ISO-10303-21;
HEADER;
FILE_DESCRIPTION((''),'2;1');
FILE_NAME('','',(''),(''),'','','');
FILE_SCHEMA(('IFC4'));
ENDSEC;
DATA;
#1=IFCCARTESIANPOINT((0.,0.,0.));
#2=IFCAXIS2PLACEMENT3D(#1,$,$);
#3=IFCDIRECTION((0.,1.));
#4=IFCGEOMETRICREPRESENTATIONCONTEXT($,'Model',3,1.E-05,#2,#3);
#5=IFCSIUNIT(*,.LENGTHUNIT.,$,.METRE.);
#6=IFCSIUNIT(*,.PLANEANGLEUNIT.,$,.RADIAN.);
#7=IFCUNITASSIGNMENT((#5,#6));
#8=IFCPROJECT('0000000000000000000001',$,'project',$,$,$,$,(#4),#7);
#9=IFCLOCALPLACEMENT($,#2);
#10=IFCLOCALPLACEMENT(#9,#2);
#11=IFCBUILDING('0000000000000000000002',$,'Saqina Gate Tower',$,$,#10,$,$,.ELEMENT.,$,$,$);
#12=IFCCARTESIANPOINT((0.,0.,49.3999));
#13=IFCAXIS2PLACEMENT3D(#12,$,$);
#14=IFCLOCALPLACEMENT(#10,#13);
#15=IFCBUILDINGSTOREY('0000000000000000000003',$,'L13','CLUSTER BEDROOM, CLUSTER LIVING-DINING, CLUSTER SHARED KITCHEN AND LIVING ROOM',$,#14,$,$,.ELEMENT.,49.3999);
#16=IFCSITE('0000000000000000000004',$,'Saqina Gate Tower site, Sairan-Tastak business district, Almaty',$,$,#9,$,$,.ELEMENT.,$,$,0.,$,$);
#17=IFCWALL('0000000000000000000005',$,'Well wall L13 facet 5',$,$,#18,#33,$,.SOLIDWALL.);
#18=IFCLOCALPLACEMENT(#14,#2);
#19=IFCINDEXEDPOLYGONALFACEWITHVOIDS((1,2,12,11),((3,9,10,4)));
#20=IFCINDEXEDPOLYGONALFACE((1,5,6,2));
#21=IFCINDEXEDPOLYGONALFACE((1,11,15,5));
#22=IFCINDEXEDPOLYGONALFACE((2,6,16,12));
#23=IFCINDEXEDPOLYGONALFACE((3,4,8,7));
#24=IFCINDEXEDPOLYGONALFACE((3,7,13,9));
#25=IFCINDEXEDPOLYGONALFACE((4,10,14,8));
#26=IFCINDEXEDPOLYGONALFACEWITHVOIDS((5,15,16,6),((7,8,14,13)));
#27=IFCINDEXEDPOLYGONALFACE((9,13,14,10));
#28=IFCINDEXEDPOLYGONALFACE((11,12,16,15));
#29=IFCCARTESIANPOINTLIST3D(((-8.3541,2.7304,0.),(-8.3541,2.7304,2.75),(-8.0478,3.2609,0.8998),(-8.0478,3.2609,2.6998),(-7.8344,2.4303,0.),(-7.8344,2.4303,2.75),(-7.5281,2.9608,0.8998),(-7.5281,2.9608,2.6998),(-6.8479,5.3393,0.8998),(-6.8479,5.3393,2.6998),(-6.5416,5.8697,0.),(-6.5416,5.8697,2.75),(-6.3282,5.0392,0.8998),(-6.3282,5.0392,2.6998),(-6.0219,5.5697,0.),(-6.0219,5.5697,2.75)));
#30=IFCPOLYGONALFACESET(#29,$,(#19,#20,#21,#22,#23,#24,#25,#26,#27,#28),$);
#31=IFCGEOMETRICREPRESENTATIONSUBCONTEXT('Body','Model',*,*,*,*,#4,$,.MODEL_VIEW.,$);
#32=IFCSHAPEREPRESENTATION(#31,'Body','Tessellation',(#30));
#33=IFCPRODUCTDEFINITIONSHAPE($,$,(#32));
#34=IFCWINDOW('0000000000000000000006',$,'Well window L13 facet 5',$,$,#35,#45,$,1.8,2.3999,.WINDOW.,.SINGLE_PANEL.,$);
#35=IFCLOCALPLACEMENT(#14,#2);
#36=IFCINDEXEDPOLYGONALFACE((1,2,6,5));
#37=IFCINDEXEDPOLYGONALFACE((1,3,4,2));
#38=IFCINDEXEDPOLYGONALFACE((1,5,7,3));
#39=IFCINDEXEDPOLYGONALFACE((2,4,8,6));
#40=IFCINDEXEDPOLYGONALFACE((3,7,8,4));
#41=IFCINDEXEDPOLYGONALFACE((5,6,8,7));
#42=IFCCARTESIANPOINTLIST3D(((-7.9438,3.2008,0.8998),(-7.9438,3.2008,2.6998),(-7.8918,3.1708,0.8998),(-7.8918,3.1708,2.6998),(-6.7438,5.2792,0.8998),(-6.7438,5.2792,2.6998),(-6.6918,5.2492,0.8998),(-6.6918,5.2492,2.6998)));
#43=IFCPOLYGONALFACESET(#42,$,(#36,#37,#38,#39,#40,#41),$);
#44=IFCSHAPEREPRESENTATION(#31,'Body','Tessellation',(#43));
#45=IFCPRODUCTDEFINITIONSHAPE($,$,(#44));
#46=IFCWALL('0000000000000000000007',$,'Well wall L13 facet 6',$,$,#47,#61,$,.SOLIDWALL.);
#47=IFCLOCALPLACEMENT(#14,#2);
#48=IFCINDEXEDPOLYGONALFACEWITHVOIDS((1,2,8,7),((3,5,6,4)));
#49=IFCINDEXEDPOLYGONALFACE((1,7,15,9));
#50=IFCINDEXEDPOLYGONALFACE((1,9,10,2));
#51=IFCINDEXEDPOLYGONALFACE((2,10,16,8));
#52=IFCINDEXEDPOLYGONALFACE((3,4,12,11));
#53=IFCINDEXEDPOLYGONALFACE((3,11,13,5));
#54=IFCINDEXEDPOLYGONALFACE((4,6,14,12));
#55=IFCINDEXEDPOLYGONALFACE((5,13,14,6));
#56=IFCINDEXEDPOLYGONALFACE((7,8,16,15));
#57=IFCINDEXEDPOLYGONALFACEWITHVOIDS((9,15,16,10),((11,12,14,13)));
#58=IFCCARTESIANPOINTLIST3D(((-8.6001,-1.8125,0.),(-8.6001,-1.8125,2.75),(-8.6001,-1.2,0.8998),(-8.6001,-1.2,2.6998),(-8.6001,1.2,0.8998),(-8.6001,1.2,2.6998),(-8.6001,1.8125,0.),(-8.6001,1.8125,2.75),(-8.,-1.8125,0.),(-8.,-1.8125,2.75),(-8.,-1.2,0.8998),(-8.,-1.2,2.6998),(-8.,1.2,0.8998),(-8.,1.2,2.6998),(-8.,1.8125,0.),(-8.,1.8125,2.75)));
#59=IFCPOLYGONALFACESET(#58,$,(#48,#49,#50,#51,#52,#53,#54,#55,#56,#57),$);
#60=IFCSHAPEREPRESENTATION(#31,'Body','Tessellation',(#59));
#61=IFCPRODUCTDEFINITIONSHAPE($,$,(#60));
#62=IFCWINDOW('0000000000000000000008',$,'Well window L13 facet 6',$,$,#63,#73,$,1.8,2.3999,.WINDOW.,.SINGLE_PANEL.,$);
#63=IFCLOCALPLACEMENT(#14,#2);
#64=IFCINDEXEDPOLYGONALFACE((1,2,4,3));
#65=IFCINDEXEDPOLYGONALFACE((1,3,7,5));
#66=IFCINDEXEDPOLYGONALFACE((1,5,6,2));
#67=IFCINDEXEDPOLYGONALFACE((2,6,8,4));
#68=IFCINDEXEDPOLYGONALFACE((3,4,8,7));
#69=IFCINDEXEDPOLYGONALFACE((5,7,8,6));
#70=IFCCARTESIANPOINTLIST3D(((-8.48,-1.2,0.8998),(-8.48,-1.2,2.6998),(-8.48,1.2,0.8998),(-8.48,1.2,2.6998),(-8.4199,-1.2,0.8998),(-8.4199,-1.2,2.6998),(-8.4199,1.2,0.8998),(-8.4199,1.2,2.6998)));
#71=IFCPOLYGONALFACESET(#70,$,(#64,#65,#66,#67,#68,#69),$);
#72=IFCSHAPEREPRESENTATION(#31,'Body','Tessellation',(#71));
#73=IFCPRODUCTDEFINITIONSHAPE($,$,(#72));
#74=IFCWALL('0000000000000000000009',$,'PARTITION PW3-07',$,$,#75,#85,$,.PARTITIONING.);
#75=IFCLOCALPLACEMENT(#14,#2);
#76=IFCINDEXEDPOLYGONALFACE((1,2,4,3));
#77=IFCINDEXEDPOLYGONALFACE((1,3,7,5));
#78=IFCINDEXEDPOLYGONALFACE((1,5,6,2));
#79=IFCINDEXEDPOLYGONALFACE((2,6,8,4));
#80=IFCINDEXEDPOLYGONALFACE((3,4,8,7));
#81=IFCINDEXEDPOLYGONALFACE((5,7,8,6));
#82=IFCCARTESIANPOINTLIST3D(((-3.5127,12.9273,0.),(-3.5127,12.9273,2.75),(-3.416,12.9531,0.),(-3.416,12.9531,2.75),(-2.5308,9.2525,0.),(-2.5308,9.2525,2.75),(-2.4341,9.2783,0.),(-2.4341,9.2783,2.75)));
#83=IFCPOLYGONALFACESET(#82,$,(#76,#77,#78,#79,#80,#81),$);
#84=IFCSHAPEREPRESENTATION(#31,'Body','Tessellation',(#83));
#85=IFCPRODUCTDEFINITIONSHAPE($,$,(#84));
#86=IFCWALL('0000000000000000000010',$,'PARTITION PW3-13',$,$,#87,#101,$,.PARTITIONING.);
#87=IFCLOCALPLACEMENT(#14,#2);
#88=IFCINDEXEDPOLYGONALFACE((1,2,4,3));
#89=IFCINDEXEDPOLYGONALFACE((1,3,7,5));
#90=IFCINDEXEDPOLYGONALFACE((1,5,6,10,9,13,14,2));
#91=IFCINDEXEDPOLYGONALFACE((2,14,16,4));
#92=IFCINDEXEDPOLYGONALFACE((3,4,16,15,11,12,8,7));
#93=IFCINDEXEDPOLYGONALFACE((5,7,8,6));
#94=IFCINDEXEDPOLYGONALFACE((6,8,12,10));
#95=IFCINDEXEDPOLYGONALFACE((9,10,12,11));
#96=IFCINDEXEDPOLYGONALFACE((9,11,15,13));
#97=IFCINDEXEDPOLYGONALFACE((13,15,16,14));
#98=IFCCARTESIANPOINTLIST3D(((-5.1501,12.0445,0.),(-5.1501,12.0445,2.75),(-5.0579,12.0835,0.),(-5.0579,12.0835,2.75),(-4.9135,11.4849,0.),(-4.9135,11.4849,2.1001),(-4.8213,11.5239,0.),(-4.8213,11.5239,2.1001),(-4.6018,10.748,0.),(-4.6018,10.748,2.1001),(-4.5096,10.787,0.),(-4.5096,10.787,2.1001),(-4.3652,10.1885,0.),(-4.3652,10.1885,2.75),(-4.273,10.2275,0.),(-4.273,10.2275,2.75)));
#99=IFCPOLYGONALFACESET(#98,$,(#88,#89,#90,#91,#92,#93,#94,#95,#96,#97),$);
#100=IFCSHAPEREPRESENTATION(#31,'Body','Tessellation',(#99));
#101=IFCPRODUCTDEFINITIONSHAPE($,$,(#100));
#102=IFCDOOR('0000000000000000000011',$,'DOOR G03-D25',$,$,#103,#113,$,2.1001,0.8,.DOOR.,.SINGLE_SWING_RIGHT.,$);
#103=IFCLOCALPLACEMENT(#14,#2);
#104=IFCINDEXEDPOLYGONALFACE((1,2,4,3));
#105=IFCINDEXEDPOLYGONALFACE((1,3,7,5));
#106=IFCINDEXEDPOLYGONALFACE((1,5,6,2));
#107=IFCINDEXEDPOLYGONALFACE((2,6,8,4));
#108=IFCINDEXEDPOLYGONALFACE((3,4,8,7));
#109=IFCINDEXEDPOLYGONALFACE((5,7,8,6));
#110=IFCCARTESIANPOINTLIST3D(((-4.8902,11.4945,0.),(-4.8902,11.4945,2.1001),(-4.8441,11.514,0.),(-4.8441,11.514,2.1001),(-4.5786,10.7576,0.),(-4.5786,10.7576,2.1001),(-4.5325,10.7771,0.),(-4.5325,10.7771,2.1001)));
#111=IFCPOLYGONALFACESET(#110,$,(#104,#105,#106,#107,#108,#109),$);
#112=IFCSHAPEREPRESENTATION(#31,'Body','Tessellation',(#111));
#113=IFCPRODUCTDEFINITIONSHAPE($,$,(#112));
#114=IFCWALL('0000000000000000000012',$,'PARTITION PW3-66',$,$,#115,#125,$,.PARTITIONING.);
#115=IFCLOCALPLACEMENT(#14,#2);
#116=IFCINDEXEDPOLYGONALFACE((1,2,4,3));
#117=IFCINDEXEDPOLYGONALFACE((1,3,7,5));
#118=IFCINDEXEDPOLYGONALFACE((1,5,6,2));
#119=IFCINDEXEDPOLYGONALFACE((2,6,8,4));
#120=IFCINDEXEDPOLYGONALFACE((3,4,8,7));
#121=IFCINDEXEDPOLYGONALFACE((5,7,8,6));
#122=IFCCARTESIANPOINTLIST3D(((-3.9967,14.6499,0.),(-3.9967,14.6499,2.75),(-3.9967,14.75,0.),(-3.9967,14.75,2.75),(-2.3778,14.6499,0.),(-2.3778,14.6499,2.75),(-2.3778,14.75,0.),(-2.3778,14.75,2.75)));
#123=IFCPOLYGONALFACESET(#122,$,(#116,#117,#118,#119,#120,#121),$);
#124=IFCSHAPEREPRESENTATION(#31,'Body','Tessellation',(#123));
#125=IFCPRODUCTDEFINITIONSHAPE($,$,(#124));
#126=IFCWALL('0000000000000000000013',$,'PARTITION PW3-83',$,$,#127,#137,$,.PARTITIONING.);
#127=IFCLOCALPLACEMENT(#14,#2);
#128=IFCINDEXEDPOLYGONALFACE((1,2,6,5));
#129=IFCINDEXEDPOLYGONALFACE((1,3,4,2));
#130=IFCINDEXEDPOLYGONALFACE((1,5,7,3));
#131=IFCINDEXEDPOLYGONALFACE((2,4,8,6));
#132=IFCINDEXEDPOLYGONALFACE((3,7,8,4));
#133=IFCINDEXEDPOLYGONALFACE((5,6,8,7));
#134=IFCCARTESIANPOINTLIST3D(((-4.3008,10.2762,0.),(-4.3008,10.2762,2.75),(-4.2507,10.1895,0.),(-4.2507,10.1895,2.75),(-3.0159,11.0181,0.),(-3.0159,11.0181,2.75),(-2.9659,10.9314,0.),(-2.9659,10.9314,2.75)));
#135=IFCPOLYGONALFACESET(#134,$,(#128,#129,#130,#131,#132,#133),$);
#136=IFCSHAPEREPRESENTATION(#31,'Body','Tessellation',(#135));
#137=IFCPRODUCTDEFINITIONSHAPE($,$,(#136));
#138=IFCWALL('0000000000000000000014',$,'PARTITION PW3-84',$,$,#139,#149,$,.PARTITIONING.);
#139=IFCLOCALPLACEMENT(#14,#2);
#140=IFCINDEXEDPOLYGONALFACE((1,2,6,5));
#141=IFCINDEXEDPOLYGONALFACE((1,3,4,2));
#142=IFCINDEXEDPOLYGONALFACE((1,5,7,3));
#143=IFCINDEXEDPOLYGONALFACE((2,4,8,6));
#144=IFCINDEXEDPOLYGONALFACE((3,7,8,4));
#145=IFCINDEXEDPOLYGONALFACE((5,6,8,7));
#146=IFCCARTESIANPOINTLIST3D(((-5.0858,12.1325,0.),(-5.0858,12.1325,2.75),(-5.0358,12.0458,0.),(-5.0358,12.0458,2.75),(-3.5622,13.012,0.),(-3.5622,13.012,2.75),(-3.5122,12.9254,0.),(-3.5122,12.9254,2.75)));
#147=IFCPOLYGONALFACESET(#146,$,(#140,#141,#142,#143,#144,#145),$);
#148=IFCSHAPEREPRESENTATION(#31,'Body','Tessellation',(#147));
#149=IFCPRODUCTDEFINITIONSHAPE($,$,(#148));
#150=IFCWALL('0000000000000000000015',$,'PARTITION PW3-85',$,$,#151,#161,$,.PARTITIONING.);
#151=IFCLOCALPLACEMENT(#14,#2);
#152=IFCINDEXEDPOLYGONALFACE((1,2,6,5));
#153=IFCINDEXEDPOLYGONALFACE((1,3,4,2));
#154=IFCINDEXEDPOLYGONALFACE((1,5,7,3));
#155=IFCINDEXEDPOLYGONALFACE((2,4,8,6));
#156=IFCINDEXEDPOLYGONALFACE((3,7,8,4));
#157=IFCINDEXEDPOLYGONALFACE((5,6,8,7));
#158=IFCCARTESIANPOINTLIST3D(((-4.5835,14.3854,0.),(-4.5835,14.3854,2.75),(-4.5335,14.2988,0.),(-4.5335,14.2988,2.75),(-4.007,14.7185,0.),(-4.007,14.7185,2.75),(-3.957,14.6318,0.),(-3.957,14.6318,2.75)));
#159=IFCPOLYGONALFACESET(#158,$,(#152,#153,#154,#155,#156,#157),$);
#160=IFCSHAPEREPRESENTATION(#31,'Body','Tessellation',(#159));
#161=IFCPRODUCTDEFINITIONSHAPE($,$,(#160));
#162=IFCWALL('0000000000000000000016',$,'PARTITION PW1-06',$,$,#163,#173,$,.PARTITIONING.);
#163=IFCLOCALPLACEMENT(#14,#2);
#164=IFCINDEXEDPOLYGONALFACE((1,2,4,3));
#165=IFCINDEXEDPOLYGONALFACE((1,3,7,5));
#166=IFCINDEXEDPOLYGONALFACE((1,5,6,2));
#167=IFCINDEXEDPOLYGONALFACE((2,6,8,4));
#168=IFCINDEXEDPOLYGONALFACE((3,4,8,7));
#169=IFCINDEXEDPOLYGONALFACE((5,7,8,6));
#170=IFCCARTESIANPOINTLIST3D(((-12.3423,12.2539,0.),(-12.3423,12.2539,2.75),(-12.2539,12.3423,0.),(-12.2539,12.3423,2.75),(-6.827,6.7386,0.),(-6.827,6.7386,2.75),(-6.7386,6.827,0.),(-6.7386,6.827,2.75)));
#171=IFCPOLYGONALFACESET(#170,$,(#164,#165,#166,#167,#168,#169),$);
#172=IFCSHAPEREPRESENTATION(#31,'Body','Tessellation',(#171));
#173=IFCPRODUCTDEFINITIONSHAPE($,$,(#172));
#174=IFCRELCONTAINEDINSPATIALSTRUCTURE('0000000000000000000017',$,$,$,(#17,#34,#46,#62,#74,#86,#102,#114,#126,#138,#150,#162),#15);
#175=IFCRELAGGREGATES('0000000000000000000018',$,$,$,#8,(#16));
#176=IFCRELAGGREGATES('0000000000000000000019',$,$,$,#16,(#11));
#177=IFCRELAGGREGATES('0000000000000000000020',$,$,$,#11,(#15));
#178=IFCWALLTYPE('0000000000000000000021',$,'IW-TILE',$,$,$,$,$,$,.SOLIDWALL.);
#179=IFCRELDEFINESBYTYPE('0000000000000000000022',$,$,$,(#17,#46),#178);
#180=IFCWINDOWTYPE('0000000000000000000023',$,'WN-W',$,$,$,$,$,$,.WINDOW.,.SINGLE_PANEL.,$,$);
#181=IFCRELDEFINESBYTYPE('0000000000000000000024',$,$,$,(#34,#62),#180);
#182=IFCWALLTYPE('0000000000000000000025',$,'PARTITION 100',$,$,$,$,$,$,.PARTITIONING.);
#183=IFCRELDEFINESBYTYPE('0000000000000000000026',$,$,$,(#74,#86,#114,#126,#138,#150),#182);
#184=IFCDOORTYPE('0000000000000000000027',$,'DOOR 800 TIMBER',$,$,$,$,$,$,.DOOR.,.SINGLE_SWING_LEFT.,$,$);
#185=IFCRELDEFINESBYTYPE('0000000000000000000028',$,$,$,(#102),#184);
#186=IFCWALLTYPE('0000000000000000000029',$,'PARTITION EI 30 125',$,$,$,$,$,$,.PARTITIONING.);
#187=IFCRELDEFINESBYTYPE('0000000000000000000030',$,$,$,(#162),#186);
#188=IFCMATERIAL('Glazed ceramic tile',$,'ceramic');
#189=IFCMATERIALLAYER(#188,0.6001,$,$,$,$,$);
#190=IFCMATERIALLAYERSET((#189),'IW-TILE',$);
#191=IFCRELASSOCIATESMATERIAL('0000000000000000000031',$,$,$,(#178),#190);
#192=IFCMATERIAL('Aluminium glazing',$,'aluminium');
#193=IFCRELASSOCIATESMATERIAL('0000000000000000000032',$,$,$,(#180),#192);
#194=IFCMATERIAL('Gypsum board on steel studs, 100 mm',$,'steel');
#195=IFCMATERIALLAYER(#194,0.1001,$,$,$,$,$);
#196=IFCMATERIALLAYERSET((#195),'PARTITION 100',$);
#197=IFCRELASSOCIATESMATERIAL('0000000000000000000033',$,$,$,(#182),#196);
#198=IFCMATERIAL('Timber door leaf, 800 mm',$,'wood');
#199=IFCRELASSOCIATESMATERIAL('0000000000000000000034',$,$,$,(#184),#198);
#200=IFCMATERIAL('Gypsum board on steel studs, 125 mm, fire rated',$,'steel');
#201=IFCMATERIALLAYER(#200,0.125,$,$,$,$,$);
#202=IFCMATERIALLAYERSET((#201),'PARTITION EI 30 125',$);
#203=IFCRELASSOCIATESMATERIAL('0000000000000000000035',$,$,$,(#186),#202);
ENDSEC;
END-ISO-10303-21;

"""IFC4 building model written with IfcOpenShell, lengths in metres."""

from ifc_helpers import new_model, si_unit, direction, frame, frame_2d, origin, place, context, subcontext, project, spatial, rectangle, extrude, material, layer, layer_set, type_object, element, fill, save


model = new_model("IFC4")

# Units and contexts
model_context = context("Model", 3, precision=1e-05, world=origin(), true_north=direction((0.0, 1.0)))
body_context = subcontext(model_context, "Body", "Model", "MODEL_VIEW")
ifc_project = project(units=[si_unit("LENGTHUNIT", "METRE"), si_unit("PLANEANGLEUNIT", "RADIAN")], contexts=[model_context])

# Site, building, storey
site_placement = place(None, origin())
site = spatial("IfcSite", under=ifc_project, at=site_placement, Name="Saqina Gate Tower site, Sairan-Tastak business district, Almaty", CompositionType="ELEMENT", RefElevation=0.0)
building_placement = place(site_placement, origin())
building = spatial("IfcBuilding", under=site, at=building_placement, Name="Saqina Gate Tower", CompositionType="ELEMENT")
storey_placement = place(building_placement, frame((0.0, 0.0, 49.3999)))
storey = spatial("IfcBuildingStorey", under=building, at=storey_placement, Name="L13", Description="CLUSTER BEDROOM, CLUSTER LIVING-DINING, CLUSTER SHARED KITCHEN AND LIVING ROOM", CompositionType="ELEMENT", Elevation=49.3999)

# Walls, openings, windows
ifc_material_1 = material(Name="Glazed ceramic tile", Category="ceramic")
ifc_layer_1 = layer(ifc_material_1, 0.6001)
ifc_layer_set_1 = layer_set([ifc_layer_1], Name="IW-TILE")
wall_type_1 = type_object("IfcWallType", Name="IW-TILE", PredefinedType="SOLIDWALL", material=ifc_layer_set_1)
ifc_material_2 = material(Name="Aluminium glazing", Category="aluminium")
window_type = type_object("IfcWindowType", Name="WN-W", PartitioningType="SINGLE_PANEL", PredefinedType="WINDOW", material=ifc_material_2)
wall_1_placement = place(storey_placement, frame((-6.2817, 5.7197, 0.0), z_axis=(0.0, 0.0, 1.0), x_axis=(-0.499993, -0.86603, 0.0)))
wall_1 = element("IfcWall", 1, at=wall_1_placement, inside=storey, type_object=wall_type_1, Name="Well wall L13 facet 5", PredefinedType="SOLIDWALL", context=body_context, shape_type="SweptSolid", body=[
    extrude(rectangle(XDim=3.625, YDim=0.6001, at=frame_2d((1.8125, 0.0))), origin(), (0.0, 0.0, 1.0), 2.75),
])
opening_1_placement = place(wall_1_placement, frame((0.6125, 0.0, 0.8999)))
opening_1 = element("IfcOpeningElement", 2, at=opening_1_placement, cuts=wall_1, PredefinedType="OPENING", context=body_context, shape_type="SweptSolid", body=[
    extrude(rectangle(XDim=2.3999, YDim=1.8, at=frame_2d((1.2, 0.8999))), frame((0.0, 0.312, 0.0), z_axis=(0.0, -1.0, 0.0), x_axis=(1.0, 0.0, 0.0)), (0.0, 0.0, 1.0), 0.624),
])
window_1_placement = place(opening_1_placement, origin())
window_1 = element("IfcWindow", 3, at=window_1_placement, inside=storey, type_object=window_type, Name="Well window L13 facet 5", OverallHeight=1.8, OverallWidth=2.3999, PartitioningType="SINGLE_PANEL", PredefinedType="WINDOW", context=body_context, shape_type="SweptSolid", body=[
    extrude(rectangle(XDim=2.3999, YDim=1.8, at=frame_2d((1.2, 0.8999))), frame((0.0, -0.1199, 0.0), z_axis=(0.0, -1.0, 0.0), x_axis=(1.0, 0.0, 0.0)), (0.0, 0.0, 1.0), 0.0601),
])
fill(opening_1, window_1)
wall_2_placement = place(storey_placement, frame((-8.3, 1.8125, 0.0), z_axis=(0.0, 0.0, 1.0), x_axis=(0.0, -1.0, 0.0)))
wall_2 = element("IfcWall", 4, at=wall_2_placement, inside=storey, type_object=wall_type_1, Name="Well wall L13 facet 6", PredefinedType="SOLIDWALL", context=body_context, shape_type="SweptSolid", body=[
    extrude(rectangle(XDim=3.625, YDim=0.6001, at=frame_2d((1.8125, 0.0))), origin(), (0.0, 0.0, 1.0), 2.75),
])
opening_2_placement = place(wall_2_placement, frame((0.6125, 0.0, 0.8999)))
opening_2 = element("IfcOpeningElement", 5, at=opening_2_placement, cuts=wall_2, PredefinedType="OPENING", context=body_context, shape_type="SweptSolid", body=[
    extrude(rectangle(XDim=2.3999, YDim=1.8, at=frame_2d((1.2, 0.8999))), frame((0.0, 0.312, 0.0), z_axis=(0.0, -1.0, 0.0), x_axis=(1.0, 0.0, 0.0)), (0.0, 0.0, 1.0), 0.624),
])
window_2_placement = place(opening_2_placement, origin())
window_2 = element("IfcWindow", 6, at=window_2_placement, inside=storey, type_object=window_type, Name="Well window L13 facet 6", OverallHeight=1.8, OverallWidth=2.3999, PartitioningType="SINGLE_PANEL", PredefinedType="WINDOW", context=body_context, shape_type="SweptSolid", body=[
    extrude(rectangle(XDim=2.3999, YDim=1.8, at=frame_2d((1.2, 0.8999))), frame((0.0, -0.1199, 0.0), z_axis=(0.0, -1.0, 0.0), x_axis=(1.0, 0.0, 0.0)), (0.0, 0.0, 1.0), 0.0601),
])
fill(opening_2, window_2)

# Wall
ifc_material_3 = material(Name="Gypsum board on steel studs, 100 mm", Category="steel")
ifc_layer_2 = layer(ifc_material_3, 0.1001)
ifc_layer_set_2 = layer_set([ifc_layer_2], Name="PARTITION 100")
wall_type_2 = type_object("IfcWallType", Name="PARTITION 100", PredefinedType="PARTITIONING", material=ifc_layer_set_2)
wall_3_placement = place(storey_placement, frame((-3.4644, 12.9402, 0.0), z_axis=(0.0, 0.0, 1.0), x_axis=(0.25815, -0.966105, 0.0)))
element("IfcWall", 7, at=wall_3_placement, inside=storey, type_object=wall_type_2, Name="PARTITION PW3-07", PredefinedType="PARTITIONING", context=body_context, shape_type="SweptSolid", body=[
    extrude(rectangle(XDim=3.8037, YDim=0.1001, at=frame_2d((1.9019, 0.0))), origin(), (0.0, 0.0, 1.0), 2.75),
])

# Wall, opening, door
wall_4_placement = place(storey_placement, frame((-5.104, 12.064, 0.0), z_axis=(0.0, 0.0, 1.0), x_axis=(0.389514, -0.921021, 0.0)))
wall_4 = element("IfcWall", 8, at=wall_4_placement, inside=storey, type_object=wall_type_2, Name="PARTITION PW3-13", PredefinedType="PARTITIONING", context=body_context, shape_type="SweptSolid", body=[
    extrude(rectangle(XDim=2.0151, YDim=0.1001, at=frame_2d((1.0076, 0.0))), origin(), (0.0, 0.0, 1.0), 2.75),
])
opening_3_placement = place(wall_4_placement, frame((0.6077, 0.0, 0.0)))
opening_3 = element("IfcOpeningElement", 9, at=opening_3_placement, cuts=wall_4, PredefinedType="OPENING", context=body_context, shape_type="SweptSolid", body=[
    extrude(rectangle(XDim=0.8, YDim=2.1001, at=frame_2d((0.3999, 1.05))), frame((0.0, 0.062, 0.0), z_axis=(0.0, -1.0, 0.0), x_axis=(1.0, 0.0, 0.0)), (0.0, 0.0, 1.0), 0.124),
])
ifc_material_4 = material(Name="Timber door leaf, 800 mm", Category="wood")
door_type_1 = type_object("IfcDoorType", Name="DOOR 800 TIMBER", OperationType="SINGLE_SWING_LEFT", PredefinedType="DOOR", material=ifc_material_4)
door_1_placement = place(opening_3_placement, frame((0.8, 0.0, 0.0), z_axis=(0.0, 0.0, 1.0), x_axis=(-1.0, 0.0, 0.0)))
door_1 = element("IfcDoor", 10, at=door_1_placement, inside=storey, type_object=door_type_1, Name="DOOR G03-D25", OperationType="SINGLE_SWING_RIGHT", OverallHeight=2.1001, OverallWidth=0.8, PredefinedType="DOOR", context=body_context, shape_type="SweptSolid", body=[
    extrude(rectangle(XDim=0.8, YDim=2.1001, at=frame_2d((0.3999, 1.05))), frame((0.0, 0.0249, 0.0), z_axis=(0.0, -1.0, 0.0), x_axis=(1.0, 0.0, 0.0)), (0.0, 0.0, 1.0), 0.05),
])
fill(opening_3, door_1)

# Walls
wall_5_placement = place(storey_placement, frame((-3.9968, 14.7, 0.0), z_axis=(0.0, 0.0, 1.0), x_axis=(1.0, 0.0, 0.0)))
element("IfcWall", 11, at=wall_5_placement, inside=storey, type_object=wall_type_2, Name="PARTITION PW3-66", PredefinedType="PARTITIONING", context=body_context, shape_type="SweptSolid", body=[
    extrude(rectangle(XDim=1.6189, YDim=0.1001, at=frame_2d((0.8096, 0.0))), origin(), (0.0, 0.0, 1.0), 2.75),
])
wall_6_placement = place(storey_placement, frame((-4.2756, 10.2329, 0.0), z_axis=(0.0, 0.0, 1.0), x_axis=(0.865997, 0.50005, 0.0)))
element("IfcWall", 12, at=wall_6_placement, inside=storey, type_object=wall_type_2, Name="PARTITION PW3-83", PredefinedType="PARTITIONING", context=body_context, shape_type="SweptSolid", body=[
    extrude(rectangle(XDim=1.4836, YDim=0.1001, at=frame_2d((0.7417, 0.0))), origin(), (0.0, 0.0, 1.0), 2.75),
])
wall_7_placement = place(storey_placement, frame((-5.0608, 12.0891, 0.0), z_axis=(0.0, 0.0, 1.0), x_axis=(0.86604, 0.499975, 0.0)))
element("IfcWall", 13, at=wall_7_placement, inside=storey, type_object=wall_type_2, Name="PARTITION PW3-84", PredefinedType="PARTITIONING", context=body_context, shape_type="SweptSolid", body=[
    extrude(rectangle(XDim=1.7593, YDim=0.1001, at=frame_2d((0.8796, 0.0))), origin(), (0.0, 0.0, 1.0), 2.75),
])
wall_8_placement = place(storey_placement, frame((-4.5586, 14.342, 0.0), z_axis=(0.0, 0.0, 1.0), x_axis=(0.865886, 0.500241, 0.0)))
element("IfcWall", 14, at=wall_8_placement, inside=storey, type_object=wall_type_2, Name="PARTITION PW3-85", PredefinedType="PARTITIONING", context=body_context, shape_type="SweptSolid", body=[
    extrude(rectangle(XDim=0.6658, YDim=0.1001, at=frame_2d((0.333, 0.0))), origin(), (0.0, 0.0, 1.0), 2.75),
])
ifc_material_5 = material(Name="Gypsum board on steel studs, 125 mm, fire rated", Category="steel")
ifc_layer_3 = layer(ifc_material_5, 0.125)
ifc_layer_set_3 = layer_set([ifc_layer_3], Name="PARTITION EI 30 125")
wall_type_3 = type_object("IfcWallType", Name="PARTITION EI 30 125", PredefinedType="PARTITIONING", material=ifc_layer_set_3)
wall_9_placement = place(storey_placement, frame((-12.2981, 12.2981, 0.0), z_axis=(0.0, 0.0, 1.0), x_axis=(0.707107, -0.707107, 0.0)))
element("IfcWall", 15, at=wall_9_placement, inside=storey, type_object=wall_type_3, Name="PARTITION PW1-06", PredefinedType="PARTITIONING", context=body_context, shape_type="SweptSolid", body=[
    extrude(rectangle(XDim=7.7998, YDim=0.125, at=frame_2d((3.8999, 0.0))), origin(), (0.0, 0.0, 1.0), 2.75),
])

save(model, "model.ifc")
